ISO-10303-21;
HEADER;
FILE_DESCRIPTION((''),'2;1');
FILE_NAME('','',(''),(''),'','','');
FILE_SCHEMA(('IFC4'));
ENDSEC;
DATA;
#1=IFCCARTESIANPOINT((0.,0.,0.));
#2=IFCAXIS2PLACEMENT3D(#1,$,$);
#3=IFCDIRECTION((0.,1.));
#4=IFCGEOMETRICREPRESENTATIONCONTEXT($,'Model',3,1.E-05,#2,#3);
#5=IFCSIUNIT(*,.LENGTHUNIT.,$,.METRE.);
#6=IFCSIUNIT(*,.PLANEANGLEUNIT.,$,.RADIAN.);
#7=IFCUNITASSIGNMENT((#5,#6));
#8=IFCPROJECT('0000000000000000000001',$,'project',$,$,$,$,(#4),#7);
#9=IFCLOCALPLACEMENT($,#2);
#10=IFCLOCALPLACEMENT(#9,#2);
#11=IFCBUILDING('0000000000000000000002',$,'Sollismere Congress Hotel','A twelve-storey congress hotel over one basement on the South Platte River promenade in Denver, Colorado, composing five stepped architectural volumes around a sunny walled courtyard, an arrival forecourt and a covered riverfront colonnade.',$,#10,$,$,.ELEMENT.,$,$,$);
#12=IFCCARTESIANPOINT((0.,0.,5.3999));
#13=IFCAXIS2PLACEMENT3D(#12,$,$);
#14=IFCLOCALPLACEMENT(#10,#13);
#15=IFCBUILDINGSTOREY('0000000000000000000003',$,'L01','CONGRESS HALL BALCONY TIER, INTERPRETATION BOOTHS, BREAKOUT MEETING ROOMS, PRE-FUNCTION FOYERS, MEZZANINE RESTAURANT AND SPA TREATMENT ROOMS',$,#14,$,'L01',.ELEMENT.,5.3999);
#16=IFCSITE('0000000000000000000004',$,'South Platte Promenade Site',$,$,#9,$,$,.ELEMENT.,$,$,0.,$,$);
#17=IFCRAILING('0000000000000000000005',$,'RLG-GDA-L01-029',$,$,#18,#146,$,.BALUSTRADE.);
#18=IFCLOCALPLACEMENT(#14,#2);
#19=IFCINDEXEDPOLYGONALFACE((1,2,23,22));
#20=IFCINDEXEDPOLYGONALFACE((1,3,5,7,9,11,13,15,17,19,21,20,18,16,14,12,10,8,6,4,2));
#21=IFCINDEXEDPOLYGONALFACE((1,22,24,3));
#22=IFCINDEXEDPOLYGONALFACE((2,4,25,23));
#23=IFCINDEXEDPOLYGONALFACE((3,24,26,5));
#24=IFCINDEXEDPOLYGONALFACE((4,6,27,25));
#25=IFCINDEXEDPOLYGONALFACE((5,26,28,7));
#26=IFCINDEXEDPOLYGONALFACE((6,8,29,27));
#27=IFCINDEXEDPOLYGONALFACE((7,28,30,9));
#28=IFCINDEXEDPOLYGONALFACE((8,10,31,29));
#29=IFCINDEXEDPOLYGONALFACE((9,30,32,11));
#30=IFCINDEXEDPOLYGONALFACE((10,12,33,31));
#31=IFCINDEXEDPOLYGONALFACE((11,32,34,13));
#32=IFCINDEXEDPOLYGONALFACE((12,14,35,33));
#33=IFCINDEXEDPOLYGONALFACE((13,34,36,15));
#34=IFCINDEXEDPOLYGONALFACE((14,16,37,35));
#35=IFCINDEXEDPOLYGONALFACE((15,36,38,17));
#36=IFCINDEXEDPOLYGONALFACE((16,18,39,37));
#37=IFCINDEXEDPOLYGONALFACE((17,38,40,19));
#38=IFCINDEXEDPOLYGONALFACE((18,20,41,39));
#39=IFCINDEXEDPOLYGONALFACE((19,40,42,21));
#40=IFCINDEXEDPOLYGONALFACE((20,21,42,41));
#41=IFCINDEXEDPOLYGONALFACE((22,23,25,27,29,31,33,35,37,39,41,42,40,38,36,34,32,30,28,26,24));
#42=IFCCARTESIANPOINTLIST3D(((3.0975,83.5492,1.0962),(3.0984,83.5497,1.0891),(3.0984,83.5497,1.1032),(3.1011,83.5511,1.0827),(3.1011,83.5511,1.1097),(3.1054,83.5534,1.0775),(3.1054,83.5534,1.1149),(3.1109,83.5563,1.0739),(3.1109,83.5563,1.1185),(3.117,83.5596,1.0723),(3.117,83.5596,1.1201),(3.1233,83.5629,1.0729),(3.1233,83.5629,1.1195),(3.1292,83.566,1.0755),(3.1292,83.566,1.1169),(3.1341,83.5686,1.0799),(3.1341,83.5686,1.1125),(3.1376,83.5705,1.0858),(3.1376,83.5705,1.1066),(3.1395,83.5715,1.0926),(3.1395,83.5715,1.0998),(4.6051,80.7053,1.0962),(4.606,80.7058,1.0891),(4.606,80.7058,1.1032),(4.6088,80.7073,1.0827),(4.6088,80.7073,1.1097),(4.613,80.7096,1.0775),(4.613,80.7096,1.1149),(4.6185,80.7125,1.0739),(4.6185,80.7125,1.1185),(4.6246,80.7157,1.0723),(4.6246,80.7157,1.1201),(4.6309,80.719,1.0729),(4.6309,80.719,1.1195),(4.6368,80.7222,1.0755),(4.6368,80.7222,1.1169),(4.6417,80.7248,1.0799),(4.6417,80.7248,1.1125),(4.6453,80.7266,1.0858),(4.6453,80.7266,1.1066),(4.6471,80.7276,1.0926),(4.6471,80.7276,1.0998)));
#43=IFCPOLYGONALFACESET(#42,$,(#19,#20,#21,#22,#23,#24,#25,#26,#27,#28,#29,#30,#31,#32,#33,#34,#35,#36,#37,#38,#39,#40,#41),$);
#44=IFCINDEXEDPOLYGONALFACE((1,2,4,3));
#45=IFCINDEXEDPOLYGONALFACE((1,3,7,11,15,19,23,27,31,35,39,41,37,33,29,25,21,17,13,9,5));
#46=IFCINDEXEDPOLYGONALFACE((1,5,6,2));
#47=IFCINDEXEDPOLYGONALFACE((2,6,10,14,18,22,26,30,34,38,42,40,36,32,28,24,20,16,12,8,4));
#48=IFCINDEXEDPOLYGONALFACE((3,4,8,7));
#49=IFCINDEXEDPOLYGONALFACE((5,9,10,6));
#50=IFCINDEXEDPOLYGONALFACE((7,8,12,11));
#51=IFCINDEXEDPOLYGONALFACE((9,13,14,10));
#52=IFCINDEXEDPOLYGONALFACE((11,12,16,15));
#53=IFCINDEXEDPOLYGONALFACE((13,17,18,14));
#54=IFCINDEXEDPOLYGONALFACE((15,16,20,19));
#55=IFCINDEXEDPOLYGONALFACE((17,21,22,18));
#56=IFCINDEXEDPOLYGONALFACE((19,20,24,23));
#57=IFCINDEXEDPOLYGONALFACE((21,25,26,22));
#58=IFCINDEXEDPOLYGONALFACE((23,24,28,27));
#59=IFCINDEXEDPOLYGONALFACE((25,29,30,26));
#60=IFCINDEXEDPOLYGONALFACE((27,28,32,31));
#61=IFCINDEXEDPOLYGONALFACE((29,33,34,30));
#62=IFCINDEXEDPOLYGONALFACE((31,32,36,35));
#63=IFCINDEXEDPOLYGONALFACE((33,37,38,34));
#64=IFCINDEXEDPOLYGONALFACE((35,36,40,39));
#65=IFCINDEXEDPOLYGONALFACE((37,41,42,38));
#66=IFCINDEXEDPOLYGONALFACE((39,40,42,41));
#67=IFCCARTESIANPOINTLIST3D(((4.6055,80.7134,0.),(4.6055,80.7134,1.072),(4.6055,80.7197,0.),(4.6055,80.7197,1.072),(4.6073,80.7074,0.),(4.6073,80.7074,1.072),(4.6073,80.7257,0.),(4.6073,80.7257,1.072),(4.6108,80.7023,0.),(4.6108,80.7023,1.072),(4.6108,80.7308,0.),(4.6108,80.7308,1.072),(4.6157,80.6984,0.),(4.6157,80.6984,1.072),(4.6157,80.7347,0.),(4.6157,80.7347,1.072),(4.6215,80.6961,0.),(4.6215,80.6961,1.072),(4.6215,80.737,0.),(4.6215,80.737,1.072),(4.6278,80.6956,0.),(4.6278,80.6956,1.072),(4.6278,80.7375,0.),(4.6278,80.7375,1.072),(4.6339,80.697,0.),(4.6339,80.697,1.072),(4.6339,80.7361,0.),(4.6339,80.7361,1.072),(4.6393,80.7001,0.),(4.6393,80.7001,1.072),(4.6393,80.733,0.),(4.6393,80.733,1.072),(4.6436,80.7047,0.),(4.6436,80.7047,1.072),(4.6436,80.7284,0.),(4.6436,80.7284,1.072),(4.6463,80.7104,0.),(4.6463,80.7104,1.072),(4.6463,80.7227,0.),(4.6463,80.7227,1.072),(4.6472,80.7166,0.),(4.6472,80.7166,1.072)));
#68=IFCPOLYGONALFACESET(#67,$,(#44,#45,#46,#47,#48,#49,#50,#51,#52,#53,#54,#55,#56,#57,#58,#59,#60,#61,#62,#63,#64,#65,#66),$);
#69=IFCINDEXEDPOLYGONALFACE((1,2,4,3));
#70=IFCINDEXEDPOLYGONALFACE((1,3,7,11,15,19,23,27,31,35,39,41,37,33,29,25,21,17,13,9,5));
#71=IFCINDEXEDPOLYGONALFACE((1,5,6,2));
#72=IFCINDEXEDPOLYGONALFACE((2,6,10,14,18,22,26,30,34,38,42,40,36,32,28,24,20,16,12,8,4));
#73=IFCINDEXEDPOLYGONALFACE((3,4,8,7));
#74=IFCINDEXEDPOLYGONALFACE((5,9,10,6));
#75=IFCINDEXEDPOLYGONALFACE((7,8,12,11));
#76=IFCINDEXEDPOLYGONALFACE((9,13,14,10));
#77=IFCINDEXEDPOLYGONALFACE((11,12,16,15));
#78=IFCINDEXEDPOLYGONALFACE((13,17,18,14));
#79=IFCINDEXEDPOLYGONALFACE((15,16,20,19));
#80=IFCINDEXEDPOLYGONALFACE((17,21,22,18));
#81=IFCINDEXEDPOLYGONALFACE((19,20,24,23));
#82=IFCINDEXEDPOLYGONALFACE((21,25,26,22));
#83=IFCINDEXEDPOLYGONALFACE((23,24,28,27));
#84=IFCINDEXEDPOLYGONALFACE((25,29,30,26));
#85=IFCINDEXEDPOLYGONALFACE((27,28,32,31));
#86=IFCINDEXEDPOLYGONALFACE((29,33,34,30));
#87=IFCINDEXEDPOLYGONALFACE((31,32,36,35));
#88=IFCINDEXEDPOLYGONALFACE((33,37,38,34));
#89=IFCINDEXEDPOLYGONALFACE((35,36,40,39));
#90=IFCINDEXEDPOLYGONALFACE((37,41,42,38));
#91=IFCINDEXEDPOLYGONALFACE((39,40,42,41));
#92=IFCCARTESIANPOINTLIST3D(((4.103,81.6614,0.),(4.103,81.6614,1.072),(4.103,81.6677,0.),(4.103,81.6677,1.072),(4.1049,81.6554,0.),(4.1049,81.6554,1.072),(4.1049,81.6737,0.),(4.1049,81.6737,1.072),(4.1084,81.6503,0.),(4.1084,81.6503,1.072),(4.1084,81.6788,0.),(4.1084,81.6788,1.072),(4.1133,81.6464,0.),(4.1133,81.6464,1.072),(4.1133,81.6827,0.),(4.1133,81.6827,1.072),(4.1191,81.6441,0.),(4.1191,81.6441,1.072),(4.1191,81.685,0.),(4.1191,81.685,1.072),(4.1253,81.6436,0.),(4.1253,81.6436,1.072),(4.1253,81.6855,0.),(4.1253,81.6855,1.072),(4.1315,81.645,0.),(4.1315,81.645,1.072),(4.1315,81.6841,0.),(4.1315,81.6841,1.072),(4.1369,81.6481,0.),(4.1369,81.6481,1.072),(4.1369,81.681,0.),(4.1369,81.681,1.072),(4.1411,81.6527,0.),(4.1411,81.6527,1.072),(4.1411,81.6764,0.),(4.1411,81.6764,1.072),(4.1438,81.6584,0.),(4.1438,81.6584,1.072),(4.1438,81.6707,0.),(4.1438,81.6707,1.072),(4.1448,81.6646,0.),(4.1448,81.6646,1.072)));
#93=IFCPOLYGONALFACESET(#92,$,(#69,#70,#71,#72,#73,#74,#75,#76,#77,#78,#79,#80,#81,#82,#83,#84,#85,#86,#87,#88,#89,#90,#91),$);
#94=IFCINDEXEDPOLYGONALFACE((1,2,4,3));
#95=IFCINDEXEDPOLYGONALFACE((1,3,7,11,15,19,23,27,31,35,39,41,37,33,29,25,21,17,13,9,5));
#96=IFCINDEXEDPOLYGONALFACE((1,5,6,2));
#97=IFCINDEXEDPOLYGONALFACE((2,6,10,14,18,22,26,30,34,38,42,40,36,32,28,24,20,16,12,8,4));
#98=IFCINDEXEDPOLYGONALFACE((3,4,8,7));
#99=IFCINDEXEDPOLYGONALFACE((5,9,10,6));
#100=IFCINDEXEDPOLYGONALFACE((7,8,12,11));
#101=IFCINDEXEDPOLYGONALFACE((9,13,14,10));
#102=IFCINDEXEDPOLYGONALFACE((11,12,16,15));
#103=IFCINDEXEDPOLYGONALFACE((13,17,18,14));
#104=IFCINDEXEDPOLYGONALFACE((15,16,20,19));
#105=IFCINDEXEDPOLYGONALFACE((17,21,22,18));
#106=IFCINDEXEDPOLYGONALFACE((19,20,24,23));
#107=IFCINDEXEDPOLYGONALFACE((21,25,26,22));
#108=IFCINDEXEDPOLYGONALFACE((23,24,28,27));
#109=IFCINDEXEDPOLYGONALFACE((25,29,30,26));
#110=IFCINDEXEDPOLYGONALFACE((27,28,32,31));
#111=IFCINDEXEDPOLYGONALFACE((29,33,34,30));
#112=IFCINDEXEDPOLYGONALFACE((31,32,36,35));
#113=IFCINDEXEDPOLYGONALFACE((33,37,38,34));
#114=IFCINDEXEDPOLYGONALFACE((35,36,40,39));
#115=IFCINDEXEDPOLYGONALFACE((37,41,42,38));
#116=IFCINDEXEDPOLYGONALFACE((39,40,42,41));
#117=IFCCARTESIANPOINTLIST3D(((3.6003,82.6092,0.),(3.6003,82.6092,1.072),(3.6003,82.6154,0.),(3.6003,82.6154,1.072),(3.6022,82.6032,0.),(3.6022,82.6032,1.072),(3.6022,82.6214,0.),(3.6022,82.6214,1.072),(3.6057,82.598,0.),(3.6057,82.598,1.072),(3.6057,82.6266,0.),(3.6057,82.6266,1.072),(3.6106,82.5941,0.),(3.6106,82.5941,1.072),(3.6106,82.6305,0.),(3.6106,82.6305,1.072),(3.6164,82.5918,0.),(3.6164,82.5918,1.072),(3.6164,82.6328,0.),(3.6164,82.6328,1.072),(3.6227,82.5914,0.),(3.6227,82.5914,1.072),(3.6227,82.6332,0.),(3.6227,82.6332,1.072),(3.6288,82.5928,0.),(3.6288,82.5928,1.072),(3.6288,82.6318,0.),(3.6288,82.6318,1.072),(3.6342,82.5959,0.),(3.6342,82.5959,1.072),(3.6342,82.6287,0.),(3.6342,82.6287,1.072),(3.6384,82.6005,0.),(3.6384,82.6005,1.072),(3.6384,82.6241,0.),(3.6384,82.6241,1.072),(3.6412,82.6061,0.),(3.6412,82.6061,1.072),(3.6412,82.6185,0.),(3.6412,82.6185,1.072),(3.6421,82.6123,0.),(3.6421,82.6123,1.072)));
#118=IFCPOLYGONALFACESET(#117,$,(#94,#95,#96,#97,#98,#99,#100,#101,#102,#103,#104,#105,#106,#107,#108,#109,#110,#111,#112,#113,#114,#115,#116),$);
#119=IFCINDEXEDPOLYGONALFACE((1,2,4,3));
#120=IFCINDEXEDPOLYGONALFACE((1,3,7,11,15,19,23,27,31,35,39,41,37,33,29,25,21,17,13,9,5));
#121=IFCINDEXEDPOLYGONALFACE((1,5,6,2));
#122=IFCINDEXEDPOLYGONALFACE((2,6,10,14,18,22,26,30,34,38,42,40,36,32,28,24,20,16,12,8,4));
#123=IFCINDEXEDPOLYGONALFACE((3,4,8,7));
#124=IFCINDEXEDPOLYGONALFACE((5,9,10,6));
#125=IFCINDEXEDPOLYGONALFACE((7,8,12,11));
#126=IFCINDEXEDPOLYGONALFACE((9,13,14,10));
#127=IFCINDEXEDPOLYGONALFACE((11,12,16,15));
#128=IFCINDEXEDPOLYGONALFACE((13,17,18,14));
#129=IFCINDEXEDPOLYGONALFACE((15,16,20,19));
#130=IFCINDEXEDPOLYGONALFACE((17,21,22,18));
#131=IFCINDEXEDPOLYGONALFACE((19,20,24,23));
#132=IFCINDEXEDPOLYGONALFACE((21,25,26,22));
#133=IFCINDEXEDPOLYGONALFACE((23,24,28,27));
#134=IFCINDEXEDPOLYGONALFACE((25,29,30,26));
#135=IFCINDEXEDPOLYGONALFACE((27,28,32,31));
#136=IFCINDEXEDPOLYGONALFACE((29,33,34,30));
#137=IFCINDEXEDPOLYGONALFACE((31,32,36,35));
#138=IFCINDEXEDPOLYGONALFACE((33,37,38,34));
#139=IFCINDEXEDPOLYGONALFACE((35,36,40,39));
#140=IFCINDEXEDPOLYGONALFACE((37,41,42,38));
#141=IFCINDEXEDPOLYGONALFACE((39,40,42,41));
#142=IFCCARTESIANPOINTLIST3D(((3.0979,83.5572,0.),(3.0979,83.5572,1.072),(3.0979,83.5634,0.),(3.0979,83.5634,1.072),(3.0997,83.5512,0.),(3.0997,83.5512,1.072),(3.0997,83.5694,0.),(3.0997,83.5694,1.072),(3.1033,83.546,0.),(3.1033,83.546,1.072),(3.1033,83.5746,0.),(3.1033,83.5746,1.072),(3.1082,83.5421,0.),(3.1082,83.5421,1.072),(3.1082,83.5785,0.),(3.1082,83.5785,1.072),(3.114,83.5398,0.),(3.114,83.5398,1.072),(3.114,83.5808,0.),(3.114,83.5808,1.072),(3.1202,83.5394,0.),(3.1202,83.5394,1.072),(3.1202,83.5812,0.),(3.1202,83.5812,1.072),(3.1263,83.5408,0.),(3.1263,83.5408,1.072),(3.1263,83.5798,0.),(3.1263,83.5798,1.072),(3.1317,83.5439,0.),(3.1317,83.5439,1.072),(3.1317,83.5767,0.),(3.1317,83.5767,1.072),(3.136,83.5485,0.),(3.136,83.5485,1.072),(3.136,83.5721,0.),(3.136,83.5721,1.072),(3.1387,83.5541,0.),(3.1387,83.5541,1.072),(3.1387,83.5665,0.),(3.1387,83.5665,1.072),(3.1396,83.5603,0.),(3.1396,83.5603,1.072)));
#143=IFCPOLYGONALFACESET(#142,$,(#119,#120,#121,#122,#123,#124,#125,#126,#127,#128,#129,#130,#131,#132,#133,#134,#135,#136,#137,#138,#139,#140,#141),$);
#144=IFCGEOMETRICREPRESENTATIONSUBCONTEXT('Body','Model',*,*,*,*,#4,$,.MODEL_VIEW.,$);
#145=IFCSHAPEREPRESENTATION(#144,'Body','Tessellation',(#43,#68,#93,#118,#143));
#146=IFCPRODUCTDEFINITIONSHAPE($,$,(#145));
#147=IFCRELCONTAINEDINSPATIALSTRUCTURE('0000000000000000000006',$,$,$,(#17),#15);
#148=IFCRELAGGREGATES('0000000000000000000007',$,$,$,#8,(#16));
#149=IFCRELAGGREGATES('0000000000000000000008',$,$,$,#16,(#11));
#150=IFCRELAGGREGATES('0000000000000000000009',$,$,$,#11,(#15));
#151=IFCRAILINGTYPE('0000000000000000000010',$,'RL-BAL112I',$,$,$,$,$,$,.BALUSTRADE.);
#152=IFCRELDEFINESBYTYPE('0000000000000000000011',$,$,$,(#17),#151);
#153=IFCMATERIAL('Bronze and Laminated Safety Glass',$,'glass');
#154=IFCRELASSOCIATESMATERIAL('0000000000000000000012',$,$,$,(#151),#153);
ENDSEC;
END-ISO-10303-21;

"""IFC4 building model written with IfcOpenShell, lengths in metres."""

from ifc_helpers import new_model, si_unit, direction, frame, origin, origin_2d, place, context, subcontext, project, spatial, circle, extrude, material, type_object, element, save


model = new_model("IFC4")

# Units and contexts
model_context = context("Model", 3, precision=1e-05, world=origin(), true_north=direction((0.0, 1.0)))
body_context = subcontext(model_context, "Body", "Model", "MODEL_VIEW")
ifc_project = project(units=[si_unit("LENGTHUNIT", "METRE"), si_unit("PLANEANGLEUNIT", "RADIAN")], contexts=[model_context])

# Site, building, storey
site_placement = place(None, origin())
site = spatial("IfcSite", under=ifc_project, at=site_placement, Name="South Platte Promenade Site", CompositionType="ELEMENT", RefElevation=0.0)
building_placement = place(site_placement, origin())
building = spatial("IfcBuilding", under=site, at=building_placement, Name="Sollismere Congress Hotel", Description="A twelve-storey congress hotel over one basement on the South Platte River promenade in Denver, Colorado, composing five stepped architectural volumes around a sunny walled courtyard, an arrival forecourt and a covered riverfront colonnade.", CompositionType="ELEMENT")
storey_placement = place(building_placement, frame((0.0, 0.0, 5.3999)))
storey = spatial("IfcBuildingStorey", under=building, at=storey_placement, Name="L01", Description="CONGRESS HALL BALCONY TIER, INTERPRETATION BOOTHS, BREAKOUT MEETING ROOMS, PRE-FUNCTION FOYERS, MEZZANINE RESTAURANT AND SPA TREATMENT ROOMS", LongName="L01", CompositionType="ELEMENT", Elevation=5.3999)

# Railing
ifc_material_1 = material(Name="Bronze and Laminated Safety Glass", Category="glass")
railing_type = type_object("IfcRailingType", Name="RL-BAL112I", PredefinedType="BALUSTRADE", material=ifc_material_1)
railing_1_placement = place(storey_placement, frame((4.6262, 80.7166, 0.0)))
element("IfcRailing", 1, at=railing_1_placement, inside=storey, type_object=railing_type, Name="RLG-GDA-L01-029", PredefinedType="BALUSTRADE", context=body_context, shape_type="SweptSolid", body=[
    extrude(circle(Radius=0.0239, at=origin_2d()), frame((0.0, 0.0, 1.0962), z_axis=(-0.468386, 0.883524, 0.0), x_axis=(-0.883524, -0.468386, 0.0)), (0.0, 0.0, 1.0), 3.2188),
    extrude(circle(Radius=0.021, at=origin_2d()), origin(), (0.0, 0.0, 1.0), 1.072),
    extrude(circle(Radius=0.021, at=origin_2d()), frame((-0.5024, 0.948, 0.0)), (0.0, 0.0, 1.0), 1.072),
    extrude(circle(Radius=0.021, at=origin_2d()), frame((-1.0051, 1.8958, 0.0)), (0.0, 0.0, 1.0), 1.072),
    extrude(circle(Radius=0.021, at=origin_2d()), frame((-1.5076, 2.8438, 0.0)), (0.0, 0.0, 1.0), 1.072),
])

save(model, "model.ifc")
